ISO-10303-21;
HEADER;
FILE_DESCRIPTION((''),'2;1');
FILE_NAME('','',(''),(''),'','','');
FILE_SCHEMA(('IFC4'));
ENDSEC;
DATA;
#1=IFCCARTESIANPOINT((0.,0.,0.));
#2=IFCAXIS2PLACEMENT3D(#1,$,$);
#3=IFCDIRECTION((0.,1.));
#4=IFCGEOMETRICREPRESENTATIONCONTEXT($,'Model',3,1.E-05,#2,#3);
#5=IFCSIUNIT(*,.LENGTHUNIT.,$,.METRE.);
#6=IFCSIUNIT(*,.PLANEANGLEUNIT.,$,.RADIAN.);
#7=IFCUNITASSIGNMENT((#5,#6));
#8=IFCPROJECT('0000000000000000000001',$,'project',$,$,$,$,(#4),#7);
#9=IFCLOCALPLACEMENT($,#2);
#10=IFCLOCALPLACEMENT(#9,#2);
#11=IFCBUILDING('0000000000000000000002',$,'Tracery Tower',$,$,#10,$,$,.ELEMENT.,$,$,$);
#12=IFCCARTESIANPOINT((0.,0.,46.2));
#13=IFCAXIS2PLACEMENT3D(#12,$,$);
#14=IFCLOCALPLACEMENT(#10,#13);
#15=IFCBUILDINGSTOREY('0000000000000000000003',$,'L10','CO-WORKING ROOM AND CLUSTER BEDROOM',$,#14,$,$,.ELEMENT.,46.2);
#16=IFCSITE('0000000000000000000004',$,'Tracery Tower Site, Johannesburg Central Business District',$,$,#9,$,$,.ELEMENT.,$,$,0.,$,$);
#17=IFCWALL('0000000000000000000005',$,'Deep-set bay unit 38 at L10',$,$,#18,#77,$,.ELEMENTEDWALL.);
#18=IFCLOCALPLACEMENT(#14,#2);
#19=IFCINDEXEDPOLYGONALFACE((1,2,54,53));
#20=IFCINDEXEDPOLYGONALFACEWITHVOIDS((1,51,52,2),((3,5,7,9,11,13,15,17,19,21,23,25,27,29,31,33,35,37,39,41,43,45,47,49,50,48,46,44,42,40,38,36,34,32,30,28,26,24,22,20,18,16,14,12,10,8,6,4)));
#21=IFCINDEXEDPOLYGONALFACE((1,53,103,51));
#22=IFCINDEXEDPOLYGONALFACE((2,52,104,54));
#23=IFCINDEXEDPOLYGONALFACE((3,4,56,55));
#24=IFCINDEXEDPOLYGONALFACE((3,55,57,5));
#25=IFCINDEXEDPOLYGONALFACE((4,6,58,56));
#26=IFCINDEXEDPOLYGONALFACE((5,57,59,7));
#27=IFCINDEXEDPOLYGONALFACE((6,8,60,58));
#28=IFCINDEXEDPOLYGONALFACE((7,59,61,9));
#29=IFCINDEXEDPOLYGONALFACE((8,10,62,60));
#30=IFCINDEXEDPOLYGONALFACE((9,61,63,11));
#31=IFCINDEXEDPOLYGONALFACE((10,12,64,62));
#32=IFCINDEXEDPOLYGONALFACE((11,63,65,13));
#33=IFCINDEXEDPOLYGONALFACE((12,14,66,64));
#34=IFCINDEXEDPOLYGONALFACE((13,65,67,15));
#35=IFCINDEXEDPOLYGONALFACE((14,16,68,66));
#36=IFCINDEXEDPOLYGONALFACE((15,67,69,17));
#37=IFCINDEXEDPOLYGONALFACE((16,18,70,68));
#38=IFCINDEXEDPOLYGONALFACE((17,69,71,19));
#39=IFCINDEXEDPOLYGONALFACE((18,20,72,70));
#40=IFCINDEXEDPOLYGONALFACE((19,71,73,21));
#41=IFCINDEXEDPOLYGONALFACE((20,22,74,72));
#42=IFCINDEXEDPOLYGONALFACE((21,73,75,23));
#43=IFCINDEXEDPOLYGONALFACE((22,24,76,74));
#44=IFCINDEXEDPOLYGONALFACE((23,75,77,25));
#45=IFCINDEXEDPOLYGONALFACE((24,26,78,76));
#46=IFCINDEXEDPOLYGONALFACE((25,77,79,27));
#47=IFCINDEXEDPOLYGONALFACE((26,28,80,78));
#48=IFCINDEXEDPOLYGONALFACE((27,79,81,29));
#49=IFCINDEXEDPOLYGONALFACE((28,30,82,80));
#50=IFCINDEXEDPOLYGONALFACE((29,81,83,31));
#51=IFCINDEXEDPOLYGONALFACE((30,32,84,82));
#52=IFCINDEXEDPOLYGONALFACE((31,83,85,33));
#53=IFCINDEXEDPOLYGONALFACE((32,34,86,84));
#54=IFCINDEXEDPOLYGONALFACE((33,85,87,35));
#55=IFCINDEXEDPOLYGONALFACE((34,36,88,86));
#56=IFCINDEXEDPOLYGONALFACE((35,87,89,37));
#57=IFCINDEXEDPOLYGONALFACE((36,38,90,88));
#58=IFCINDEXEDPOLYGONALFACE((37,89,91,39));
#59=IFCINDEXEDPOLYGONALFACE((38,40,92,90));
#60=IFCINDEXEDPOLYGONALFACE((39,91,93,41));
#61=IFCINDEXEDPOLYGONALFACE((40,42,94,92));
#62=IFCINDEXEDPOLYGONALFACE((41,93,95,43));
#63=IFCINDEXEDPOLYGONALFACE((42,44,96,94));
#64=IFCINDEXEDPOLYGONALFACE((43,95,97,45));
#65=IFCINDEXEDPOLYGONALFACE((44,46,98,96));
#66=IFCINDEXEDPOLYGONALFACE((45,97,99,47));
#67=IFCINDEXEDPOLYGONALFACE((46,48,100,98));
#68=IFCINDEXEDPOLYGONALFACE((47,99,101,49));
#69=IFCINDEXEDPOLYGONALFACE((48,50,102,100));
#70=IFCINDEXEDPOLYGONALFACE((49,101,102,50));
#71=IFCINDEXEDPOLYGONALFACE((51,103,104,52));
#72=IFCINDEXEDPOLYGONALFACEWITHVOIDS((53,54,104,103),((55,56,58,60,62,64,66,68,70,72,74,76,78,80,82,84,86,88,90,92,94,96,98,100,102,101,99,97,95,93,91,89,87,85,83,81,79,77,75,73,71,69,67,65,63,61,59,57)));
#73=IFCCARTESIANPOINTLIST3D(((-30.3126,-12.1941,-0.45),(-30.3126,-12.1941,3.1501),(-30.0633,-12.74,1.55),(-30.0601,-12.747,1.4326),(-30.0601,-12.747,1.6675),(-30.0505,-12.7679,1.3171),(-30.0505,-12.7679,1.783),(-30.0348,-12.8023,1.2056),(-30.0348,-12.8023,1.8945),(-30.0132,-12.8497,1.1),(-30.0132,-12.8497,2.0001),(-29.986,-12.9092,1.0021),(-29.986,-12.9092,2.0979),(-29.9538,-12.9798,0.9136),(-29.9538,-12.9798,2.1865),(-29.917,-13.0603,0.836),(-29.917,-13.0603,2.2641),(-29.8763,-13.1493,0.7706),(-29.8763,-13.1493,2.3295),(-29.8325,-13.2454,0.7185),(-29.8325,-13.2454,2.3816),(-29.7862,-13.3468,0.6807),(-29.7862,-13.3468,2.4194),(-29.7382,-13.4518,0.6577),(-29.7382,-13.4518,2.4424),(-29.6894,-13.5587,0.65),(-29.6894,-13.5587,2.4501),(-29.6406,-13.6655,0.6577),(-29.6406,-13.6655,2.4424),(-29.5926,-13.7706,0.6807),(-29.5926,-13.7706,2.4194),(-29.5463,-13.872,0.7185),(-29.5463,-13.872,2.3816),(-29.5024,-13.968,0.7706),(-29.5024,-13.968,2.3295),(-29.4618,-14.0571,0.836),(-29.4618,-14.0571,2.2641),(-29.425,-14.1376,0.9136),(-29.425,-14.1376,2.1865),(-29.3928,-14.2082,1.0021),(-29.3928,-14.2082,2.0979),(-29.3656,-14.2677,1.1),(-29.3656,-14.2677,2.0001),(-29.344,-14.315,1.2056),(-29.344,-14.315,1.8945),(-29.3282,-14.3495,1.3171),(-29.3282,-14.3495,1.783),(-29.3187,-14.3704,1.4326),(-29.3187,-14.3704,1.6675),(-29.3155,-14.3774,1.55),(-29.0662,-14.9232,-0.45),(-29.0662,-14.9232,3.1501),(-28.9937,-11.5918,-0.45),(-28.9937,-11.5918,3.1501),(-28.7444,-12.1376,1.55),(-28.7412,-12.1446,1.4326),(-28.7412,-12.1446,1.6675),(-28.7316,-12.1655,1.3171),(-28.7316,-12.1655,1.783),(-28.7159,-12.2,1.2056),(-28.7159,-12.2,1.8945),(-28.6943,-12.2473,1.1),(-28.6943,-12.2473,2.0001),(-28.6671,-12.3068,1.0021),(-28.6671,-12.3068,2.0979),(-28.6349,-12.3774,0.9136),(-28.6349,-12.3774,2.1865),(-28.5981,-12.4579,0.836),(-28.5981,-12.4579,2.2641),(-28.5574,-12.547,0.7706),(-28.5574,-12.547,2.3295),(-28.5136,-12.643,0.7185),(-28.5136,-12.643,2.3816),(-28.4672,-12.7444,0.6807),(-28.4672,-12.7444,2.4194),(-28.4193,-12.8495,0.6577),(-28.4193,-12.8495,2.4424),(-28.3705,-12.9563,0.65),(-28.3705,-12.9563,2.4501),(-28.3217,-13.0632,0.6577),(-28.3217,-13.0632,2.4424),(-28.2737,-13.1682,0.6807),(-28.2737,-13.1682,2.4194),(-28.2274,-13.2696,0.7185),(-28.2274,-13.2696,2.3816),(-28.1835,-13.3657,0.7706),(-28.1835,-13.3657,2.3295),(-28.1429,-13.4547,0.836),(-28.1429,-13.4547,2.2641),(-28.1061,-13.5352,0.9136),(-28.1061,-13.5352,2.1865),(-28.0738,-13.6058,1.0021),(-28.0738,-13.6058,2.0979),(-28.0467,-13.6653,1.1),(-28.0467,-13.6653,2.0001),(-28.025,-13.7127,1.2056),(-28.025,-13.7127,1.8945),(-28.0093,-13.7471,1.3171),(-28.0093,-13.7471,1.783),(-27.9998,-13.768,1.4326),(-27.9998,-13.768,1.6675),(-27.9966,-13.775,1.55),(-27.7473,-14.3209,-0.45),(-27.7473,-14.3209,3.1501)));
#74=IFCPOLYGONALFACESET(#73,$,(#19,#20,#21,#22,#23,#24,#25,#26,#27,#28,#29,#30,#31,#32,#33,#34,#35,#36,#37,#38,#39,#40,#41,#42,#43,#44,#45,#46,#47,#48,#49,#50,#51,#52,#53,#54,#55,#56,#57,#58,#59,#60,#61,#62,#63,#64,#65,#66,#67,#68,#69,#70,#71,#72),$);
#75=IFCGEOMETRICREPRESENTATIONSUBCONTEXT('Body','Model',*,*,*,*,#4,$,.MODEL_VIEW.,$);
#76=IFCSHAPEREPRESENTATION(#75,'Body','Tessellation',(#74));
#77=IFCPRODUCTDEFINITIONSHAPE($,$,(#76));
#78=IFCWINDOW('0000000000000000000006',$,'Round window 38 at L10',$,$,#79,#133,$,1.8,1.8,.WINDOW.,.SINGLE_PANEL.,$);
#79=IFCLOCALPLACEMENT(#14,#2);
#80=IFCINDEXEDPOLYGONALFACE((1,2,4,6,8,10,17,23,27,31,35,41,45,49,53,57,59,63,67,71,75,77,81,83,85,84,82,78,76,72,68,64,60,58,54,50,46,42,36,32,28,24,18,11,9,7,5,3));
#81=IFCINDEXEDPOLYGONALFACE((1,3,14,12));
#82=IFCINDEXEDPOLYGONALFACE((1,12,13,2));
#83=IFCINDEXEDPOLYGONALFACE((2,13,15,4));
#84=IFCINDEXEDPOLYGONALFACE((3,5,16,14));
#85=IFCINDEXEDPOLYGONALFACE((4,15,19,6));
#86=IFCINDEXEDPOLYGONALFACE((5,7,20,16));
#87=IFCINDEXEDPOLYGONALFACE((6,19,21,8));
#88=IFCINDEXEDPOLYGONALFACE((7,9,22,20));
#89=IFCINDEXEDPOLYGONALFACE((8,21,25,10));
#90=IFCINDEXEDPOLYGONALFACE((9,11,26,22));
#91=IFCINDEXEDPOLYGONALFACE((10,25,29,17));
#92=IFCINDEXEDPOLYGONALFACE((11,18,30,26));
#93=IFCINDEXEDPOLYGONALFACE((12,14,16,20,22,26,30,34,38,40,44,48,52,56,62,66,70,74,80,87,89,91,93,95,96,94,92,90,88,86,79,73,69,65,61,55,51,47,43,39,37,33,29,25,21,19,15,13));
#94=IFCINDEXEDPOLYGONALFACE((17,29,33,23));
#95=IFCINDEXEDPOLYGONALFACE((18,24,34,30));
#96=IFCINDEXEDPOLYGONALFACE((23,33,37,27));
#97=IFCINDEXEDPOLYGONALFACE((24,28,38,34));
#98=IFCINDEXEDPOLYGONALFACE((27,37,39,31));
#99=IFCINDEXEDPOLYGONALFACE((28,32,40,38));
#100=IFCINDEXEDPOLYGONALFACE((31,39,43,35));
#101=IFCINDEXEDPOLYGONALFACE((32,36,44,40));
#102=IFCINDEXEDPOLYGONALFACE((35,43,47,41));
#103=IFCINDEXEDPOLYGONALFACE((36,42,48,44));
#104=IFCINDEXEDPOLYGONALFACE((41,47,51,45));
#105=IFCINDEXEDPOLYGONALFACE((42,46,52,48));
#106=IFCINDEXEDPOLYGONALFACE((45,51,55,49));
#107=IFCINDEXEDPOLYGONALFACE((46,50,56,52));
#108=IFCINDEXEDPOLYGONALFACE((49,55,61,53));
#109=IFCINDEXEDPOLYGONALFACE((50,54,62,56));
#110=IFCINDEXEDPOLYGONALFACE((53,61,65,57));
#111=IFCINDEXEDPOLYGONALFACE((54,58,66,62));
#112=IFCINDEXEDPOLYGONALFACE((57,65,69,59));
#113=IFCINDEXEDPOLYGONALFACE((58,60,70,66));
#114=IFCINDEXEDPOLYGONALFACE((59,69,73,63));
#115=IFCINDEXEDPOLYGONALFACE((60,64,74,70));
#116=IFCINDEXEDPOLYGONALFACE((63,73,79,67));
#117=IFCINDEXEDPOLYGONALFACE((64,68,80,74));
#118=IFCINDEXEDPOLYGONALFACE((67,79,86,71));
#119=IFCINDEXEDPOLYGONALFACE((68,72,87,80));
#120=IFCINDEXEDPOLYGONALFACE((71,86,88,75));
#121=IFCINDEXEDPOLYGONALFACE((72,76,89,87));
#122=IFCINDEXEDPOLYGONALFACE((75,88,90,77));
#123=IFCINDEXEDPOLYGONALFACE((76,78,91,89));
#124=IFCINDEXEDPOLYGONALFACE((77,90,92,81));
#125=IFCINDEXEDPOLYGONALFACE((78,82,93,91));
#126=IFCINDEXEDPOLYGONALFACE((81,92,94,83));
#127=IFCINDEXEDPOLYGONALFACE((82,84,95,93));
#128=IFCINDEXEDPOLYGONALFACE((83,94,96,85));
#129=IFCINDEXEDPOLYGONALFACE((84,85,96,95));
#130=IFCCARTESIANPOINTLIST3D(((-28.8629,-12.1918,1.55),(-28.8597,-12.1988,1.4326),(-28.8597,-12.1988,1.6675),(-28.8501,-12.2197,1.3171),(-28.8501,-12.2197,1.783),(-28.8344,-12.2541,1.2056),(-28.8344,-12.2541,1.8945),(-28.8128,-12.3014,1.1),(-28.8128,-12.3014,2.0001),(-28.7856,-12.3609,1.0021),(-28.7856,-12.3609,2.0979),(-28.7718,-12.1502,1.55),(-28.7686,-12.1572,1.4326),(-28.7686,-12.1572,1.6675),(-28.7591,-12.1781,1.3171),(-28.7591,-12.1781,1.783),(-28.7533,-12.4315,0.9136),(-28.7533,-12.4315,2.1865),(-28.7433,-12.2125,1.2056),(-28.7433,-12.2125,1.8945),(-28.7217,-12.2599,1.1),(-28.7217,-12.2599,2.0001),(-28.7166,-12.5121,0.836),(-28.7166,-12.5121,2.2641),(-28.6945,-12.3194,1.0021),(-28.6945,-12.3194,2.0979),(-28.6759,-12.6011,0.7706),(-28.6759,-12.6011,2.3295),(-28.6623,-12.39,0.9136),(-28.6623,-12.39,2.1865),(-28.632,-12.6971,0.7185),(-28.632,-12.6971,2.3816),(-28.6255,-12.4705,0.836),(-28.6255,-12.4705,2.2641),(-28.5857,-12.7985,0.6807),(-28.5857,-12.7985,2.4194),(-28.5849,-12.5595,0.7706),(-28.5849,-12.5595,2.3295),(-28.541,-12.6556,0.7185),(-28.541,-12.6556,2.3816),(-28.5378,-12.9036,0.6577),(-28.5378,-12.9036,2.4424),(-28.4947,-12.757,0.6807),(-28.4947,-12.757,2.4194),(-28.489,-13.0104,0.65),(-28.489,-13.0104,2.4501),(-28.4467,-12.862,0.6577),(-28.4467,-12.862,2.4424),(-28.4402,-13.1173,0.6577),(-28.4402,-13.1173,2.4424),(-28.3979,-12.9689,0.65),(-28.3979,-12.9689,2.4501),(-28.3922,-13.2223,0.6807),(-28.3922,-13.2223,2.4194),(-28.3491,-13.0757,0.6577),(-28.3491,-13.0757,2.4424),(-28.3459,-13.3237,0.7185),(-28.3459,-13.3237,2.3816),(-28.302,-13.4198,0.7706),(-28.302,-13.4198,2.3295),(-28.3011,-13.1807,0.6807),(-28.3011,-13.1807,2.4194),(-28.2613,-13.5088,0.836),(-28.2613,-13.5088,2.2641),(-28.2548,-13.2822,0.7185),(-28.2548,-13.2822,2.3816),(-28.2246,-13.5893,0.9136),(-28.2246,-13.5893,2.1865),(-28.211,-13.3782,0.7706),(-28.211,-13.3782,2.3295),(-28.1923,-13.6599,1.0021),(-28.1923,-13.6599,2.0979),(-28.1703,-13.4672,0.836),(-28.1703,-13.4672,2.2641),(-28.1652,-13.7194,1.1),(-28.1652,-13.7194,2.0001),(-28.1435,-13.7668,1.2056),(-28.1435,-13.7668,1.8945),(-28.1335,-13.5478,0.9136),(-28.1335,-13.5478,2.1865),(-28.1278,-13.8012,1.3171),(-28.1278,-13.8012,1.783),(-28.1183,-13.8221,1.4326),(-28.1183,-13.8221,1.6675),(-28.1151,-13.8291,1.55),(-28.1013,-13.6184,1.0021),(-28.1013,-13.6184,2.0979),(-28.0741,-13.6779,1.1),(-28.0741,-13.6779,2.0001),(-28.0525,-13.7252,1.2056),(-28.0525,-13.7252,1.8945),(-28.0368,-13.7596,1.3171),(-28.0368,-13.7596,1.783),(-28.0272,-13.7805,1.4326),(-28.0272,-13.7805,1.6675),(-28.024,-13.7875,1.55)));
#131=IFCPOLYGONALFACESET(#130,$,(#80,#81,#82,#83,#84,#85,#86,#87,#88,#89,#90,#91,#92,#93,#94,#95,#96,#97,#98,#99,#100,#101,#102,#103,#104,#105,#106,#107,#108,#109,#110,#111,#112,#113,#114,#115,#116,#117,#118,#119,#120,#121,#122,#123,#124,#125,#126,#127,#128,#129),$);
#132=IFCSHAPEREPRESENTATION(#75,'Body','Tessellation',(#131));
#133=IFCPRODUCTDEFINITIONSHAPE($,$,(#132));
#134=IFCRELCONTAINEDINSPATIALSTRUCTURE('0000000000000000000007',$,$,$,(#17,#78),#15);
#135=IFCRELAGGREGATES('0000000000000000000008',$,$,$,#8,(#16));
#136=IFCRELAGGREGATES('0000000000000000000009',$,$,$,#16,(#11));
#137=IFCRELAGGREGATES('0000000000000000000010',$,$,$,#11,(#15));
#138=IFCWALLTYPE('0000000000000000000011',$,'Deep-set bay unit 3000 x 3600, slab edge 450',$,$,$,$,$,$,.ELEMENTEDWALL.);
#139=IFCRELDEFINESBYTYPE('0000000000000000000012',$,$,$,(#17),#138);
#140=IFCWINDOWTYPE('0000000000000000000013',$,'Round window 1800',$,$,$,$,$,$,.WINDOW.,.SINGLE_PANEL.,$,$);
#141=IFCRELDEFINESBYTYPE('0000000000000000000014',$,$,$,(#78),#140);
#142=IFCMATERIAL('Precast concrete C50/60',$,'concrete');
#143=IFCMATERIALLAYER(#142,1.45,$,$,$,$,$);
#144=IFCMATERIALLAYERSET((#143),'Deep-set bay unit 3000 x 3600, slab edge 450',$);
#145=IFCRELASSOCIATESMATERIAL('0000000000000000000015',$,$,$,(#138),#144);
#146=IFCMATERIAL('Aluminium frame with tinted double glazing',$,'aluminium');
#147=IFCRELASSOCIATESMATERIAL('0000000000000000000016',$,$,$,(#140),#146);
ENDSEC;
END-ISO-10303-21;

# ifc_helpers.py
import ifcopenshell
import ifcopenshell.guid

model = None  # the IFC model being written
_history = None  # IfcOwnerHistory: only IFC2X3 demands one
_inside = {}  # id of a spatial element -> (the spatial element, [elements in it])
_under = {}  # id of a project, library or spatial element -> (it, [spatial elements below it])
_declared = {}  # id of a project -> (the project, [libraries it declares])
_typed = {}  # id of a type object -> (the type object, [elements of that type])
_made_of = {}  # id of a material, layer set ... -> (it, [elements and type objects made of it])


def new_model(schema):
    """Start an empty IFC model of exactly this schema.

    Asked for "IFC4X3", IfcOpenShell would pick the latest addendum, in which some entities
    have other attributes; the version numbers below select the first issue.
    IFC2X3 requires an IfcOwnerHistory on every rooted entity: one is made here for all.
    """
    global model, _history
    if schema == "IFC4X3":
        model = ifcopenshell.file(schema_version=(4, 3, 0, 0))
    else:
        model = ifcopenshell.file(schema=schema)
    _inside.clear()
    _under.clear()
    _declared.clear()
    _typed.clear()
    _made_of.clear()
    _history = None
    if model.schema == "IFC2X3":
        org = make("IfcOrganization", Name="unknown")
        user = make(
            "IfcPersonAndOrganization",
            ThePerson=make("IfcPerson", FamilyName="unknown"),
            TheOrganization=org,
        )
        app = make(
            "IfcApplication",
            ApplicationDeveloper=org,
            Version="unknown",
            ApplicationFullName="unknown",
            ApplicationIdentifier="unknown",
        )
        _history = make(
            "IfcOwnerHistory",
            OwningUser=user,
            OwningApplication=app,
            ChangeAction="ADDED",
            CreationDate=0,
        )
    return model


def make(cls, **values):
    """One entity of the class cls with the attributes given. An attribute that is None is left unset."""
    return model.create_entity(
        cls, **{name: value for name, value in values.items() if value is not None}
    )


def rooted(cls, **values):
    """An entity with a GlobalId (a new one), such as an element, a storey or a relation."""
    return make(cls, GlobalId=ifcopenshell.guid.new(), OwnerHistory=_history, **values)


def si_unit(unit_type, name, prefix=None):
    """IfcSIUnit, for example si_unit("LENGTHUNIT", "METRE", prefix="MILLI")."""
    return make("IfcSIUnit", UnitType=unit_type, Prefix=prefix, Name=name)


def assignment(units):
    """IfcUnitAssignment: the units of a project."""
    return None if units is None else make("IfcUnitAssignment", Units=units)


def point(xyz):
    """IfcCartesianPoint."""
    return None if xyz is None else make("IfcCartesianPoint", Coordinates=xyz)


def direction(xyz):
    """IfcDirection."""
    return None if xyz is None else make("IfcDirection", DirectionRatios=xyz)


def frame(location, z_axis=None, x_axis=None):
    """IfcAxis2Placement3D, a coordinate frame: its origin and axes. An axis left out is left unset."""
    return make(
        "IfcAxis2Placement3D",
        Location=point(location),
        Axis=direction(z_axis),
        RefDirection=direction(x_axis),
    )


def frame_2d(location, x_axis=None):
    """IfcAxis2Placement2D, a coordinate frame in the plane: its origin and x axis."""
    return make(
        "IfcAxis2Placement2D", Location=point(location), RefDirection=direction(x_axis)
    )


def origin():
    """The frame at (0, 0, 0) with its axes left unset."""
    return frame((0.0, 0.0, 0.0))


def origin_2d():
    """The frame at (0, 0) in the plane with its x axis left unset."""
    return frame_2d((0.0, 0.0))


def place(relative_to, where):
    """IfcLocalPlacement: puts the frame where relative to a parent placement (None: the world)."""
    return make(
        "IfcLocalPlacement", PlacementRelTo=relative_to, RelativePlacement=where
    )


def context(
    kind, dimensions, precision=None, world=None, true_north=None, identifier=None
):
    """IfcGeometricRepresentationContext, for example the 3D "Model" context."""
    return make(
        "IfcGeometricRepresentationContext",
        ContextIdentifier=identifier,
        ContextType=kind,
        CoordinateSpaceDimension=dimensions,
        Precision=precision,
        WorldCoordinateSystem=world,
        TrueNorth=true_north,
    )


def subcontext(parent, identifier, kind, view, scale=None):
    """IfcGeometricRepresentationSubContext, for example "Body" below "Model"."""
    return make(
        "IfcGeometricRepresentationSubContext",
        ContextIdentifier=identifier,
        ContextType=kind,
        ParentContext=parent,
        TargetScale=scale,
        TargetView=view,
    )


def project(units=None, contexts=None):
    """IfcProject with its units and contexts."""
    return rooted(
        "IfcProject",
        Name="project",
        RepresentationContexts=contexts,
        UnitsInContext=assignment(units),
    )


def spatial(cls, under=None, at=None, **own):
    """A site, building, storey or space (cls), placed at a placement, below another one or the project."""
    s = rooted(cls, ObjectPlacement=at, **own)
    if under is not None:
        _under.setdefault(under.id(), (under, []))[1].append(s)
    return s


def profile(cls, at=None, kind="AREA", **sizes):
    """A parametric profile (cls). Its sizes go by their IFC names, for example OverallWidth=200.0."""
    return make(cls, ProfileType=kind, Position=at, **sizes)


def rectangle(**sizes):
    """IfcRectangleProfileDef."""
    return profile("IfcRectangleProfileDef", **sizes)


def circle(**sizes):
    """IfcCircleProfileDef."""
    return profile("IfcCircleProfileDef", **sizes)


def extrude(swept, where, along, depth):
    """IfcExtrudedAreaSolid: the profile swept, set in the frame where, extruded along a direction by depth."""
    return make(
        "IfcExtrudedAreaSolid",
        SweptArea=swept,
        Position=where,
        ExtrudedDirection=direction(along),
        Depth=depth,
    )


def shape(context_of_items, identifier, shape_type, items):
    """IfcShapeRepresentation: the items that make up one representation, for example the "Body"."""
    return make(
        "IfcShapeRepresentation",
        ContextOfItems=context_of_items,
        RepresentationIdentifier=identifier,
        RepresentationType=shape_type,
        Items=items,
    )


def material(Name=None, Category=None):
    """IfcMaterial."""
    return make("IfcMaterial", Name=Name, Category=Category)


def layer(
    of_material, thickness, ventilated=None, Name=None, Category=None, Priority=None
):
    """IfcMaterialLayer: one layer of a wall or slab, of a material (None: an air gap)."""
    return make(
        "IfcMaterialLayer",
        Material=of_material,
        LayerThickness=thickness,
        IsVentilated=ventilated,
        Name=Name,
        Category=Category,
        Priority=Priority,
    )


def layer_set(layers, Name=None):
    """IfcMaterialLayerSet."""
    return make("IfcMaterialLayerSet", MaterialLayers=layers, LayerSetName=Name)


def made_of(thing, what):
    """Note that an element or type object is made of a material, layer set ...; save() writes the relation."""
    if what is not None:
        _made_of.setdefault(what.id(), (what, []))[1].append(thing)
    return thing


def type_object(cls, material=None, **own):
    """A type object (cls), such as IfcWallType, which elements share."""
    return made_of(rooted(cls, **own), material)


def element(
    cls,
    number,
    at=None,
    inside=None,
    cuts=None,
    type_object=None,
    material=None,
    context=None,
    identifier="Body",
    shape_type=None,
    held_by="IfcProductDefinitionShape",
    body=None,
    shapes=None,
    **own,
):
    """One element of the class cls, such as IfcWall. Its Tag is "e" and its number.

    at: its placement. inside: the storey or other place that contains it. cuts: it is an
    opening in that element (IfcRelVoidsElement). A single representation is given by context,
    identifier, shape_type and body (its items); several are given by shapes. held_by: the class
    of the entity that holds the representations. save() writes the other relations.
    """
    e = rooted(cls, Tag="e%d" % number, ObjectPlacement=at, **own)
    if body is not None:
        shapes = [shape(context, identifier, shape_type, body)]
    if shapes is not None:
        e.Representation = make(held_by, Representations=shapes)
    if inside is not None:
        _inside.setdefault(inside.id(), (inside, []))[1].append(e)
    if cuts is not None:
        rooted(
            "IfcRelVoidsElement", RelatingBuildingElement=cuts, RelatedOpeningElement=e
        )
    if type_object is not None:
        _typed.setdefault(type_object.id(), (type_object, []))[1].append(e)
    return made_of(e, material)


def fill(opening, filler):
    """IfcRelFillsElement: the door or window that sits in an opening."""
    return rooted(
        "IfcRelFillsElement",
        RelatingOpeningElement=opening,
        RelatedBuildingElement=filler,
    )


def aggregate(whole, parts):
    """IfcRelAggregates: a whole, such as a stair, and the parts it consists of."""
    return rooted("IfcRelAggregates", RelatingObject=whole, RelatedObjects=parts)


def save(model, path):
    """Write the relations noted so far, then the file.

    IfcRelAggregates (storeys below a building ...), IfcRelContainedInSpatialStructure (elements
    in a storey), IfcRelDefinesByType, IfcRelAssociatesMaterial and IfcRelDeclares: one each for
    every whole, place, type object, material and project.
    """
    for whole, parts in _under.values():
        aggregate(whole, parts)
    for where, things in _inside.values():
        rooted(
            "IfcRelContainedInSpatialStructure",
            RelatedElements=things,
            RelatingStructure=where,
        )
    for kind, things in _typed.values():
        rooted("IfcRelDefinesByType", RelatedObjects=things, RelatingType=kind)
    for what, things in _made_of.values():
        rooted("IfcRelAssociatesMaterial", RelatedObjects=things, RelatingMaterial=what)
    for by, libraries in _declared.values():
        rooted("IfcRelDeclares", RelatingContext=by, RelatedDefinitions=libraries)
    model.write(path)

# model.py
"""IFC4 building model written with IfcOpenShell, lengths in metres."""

from ifc_helpers import new_model, si_unit, direction, frame, frame_2d, origin, origin_2d, place, context, subcontext, project, spatial, rectangle, circle, extrude, material, layer, layer_set, type_object, element, fill, save


model = new_model("IFC4")

# Units and contexts
model_context = context("Model", 3, precision=1e-05, world=origin(), true_north=direction((0.0, 1.0)))
body_context = subcontext(model_context, "Body", "Model", "MODEL_VIEW")
ifc_project = project(units=[si_unit("LENGTHUNIT", "METRE"), si_unit("PLANEANGLEUNIT", "RADIAN")], contexts=[model_context])

# Site, building, storey
site_placement = place(None, origin())
site = spatial("IfcSite", under=ifc_project, at=site_placement, Name="Tracery Tower Site, Johannesburg Central Business District", CompositionType="ELEMENT", RefElevation=0.0)
building_placement = place(site_placement, origin())
building = spatial("IfcBuilding", under=site, at=building_placement, Name="Tracery Tower", CompositionType="ELEMENT")
storey_placement = place(building_placement, frame((0.0, 0.0, 46.2)))
storey = spatial("IfcBuildingStorey", under=building, at=storey_placement, Name="L10", Description="CO-WORKING ROOM AND CLUSTER BEDROOM", CompositionType="ELEMENT", Elevation=46.2)

# Wall, opening, window
ifc_material_1 = material(Name="Precast concrete C50/60", Category="concrete")
ifc_layer_1 = layer(ifc_material_1, 1.45)
ifc_layer_set_1 = layer_set([ifc_layer_1], Name="Deep-set bay unit 3000 x 3600, slab edge 450")
wall_type_1 = type_object("IfcWallType", Name="Deep-set bay unit 3000 x 3600, slab edge 450", PredefinedType="ELEMENTEDWALL", material=ifc_layer_set_1)
wall_1_placement = place(storey_placement, frame((-29.6531, -11.8931, -0.45), z_axis=(0.0, 0.0, 1.0), x_axis=(0.415427, -0.909627, 0.0)))
wall_1 = element("IfcWall", 1, at=wall_1_placement, inside=storey, type_object=wall_type_1, Name="Deep-set bay unit 38 at L10", PredefinedType="ELEMENTEDWALL", context=body_context, shape_type="SweptSolid", body=[
    extrude(rectangle(XDim=3.0002, YDim=1.45, at=frame_2d((1.5, 0.0))), origin(), (0.0, 0.0, 1.0), 3.6001),
])
opening_1_placement = place(wall_1_placement, frame((1.5, 0.0, 2.0)))
opening_1 = element("IfcOpeningElement", 2, at=opening_1_placement, cuts=wall_1, PredefinedType="OPENING", context=body_context, shape_type="SweptSolid", body=[
    extrude(circle(Radius=0.9, at=origin_2d()), frame((0.0, 0.7349, 0.0), z_axis=(0.0, -1.0, 0.0), x_axis=(1.0, 0.0, 0.0)), (0.0, 0.0, 1.0), 1.47),
])
ifc_material_2 = material(Name="Aluminium frame with tinted double glazing", Category="aluminium")
window_type = type_object("IfcWindowType", Name="Round window 1800", PartitioningType="SINGLE_PANEL", PredefinedType="WINDOW", material=ifc_material_2)
window_1_placement = place(opening_1_placement, origin())
window_1 = element("IfcWindow", 3, at=window_1_placement, inside=storey, type_object=window_type, Name="Round window 38 at L10", OverallHeight=1.8, OverallWidth=1.8, PartitioningType="SINGLE_PANEL", PredefinedType="WINDOW", context=body_context, shape_type="SweptSolid", body=[
    extrude(circle(Radius=0.9, at=origin_2d()), frame((0.0, 0.6948, 0.0), z_axis=(0.0, -1.0, 0.0), x_axis=(1.0, 0.0, 0.0)), (0.0, 0.0, 1.0), 0.1001),
])
fill(opening_1, window_1)

save(model, "model.ifc")
